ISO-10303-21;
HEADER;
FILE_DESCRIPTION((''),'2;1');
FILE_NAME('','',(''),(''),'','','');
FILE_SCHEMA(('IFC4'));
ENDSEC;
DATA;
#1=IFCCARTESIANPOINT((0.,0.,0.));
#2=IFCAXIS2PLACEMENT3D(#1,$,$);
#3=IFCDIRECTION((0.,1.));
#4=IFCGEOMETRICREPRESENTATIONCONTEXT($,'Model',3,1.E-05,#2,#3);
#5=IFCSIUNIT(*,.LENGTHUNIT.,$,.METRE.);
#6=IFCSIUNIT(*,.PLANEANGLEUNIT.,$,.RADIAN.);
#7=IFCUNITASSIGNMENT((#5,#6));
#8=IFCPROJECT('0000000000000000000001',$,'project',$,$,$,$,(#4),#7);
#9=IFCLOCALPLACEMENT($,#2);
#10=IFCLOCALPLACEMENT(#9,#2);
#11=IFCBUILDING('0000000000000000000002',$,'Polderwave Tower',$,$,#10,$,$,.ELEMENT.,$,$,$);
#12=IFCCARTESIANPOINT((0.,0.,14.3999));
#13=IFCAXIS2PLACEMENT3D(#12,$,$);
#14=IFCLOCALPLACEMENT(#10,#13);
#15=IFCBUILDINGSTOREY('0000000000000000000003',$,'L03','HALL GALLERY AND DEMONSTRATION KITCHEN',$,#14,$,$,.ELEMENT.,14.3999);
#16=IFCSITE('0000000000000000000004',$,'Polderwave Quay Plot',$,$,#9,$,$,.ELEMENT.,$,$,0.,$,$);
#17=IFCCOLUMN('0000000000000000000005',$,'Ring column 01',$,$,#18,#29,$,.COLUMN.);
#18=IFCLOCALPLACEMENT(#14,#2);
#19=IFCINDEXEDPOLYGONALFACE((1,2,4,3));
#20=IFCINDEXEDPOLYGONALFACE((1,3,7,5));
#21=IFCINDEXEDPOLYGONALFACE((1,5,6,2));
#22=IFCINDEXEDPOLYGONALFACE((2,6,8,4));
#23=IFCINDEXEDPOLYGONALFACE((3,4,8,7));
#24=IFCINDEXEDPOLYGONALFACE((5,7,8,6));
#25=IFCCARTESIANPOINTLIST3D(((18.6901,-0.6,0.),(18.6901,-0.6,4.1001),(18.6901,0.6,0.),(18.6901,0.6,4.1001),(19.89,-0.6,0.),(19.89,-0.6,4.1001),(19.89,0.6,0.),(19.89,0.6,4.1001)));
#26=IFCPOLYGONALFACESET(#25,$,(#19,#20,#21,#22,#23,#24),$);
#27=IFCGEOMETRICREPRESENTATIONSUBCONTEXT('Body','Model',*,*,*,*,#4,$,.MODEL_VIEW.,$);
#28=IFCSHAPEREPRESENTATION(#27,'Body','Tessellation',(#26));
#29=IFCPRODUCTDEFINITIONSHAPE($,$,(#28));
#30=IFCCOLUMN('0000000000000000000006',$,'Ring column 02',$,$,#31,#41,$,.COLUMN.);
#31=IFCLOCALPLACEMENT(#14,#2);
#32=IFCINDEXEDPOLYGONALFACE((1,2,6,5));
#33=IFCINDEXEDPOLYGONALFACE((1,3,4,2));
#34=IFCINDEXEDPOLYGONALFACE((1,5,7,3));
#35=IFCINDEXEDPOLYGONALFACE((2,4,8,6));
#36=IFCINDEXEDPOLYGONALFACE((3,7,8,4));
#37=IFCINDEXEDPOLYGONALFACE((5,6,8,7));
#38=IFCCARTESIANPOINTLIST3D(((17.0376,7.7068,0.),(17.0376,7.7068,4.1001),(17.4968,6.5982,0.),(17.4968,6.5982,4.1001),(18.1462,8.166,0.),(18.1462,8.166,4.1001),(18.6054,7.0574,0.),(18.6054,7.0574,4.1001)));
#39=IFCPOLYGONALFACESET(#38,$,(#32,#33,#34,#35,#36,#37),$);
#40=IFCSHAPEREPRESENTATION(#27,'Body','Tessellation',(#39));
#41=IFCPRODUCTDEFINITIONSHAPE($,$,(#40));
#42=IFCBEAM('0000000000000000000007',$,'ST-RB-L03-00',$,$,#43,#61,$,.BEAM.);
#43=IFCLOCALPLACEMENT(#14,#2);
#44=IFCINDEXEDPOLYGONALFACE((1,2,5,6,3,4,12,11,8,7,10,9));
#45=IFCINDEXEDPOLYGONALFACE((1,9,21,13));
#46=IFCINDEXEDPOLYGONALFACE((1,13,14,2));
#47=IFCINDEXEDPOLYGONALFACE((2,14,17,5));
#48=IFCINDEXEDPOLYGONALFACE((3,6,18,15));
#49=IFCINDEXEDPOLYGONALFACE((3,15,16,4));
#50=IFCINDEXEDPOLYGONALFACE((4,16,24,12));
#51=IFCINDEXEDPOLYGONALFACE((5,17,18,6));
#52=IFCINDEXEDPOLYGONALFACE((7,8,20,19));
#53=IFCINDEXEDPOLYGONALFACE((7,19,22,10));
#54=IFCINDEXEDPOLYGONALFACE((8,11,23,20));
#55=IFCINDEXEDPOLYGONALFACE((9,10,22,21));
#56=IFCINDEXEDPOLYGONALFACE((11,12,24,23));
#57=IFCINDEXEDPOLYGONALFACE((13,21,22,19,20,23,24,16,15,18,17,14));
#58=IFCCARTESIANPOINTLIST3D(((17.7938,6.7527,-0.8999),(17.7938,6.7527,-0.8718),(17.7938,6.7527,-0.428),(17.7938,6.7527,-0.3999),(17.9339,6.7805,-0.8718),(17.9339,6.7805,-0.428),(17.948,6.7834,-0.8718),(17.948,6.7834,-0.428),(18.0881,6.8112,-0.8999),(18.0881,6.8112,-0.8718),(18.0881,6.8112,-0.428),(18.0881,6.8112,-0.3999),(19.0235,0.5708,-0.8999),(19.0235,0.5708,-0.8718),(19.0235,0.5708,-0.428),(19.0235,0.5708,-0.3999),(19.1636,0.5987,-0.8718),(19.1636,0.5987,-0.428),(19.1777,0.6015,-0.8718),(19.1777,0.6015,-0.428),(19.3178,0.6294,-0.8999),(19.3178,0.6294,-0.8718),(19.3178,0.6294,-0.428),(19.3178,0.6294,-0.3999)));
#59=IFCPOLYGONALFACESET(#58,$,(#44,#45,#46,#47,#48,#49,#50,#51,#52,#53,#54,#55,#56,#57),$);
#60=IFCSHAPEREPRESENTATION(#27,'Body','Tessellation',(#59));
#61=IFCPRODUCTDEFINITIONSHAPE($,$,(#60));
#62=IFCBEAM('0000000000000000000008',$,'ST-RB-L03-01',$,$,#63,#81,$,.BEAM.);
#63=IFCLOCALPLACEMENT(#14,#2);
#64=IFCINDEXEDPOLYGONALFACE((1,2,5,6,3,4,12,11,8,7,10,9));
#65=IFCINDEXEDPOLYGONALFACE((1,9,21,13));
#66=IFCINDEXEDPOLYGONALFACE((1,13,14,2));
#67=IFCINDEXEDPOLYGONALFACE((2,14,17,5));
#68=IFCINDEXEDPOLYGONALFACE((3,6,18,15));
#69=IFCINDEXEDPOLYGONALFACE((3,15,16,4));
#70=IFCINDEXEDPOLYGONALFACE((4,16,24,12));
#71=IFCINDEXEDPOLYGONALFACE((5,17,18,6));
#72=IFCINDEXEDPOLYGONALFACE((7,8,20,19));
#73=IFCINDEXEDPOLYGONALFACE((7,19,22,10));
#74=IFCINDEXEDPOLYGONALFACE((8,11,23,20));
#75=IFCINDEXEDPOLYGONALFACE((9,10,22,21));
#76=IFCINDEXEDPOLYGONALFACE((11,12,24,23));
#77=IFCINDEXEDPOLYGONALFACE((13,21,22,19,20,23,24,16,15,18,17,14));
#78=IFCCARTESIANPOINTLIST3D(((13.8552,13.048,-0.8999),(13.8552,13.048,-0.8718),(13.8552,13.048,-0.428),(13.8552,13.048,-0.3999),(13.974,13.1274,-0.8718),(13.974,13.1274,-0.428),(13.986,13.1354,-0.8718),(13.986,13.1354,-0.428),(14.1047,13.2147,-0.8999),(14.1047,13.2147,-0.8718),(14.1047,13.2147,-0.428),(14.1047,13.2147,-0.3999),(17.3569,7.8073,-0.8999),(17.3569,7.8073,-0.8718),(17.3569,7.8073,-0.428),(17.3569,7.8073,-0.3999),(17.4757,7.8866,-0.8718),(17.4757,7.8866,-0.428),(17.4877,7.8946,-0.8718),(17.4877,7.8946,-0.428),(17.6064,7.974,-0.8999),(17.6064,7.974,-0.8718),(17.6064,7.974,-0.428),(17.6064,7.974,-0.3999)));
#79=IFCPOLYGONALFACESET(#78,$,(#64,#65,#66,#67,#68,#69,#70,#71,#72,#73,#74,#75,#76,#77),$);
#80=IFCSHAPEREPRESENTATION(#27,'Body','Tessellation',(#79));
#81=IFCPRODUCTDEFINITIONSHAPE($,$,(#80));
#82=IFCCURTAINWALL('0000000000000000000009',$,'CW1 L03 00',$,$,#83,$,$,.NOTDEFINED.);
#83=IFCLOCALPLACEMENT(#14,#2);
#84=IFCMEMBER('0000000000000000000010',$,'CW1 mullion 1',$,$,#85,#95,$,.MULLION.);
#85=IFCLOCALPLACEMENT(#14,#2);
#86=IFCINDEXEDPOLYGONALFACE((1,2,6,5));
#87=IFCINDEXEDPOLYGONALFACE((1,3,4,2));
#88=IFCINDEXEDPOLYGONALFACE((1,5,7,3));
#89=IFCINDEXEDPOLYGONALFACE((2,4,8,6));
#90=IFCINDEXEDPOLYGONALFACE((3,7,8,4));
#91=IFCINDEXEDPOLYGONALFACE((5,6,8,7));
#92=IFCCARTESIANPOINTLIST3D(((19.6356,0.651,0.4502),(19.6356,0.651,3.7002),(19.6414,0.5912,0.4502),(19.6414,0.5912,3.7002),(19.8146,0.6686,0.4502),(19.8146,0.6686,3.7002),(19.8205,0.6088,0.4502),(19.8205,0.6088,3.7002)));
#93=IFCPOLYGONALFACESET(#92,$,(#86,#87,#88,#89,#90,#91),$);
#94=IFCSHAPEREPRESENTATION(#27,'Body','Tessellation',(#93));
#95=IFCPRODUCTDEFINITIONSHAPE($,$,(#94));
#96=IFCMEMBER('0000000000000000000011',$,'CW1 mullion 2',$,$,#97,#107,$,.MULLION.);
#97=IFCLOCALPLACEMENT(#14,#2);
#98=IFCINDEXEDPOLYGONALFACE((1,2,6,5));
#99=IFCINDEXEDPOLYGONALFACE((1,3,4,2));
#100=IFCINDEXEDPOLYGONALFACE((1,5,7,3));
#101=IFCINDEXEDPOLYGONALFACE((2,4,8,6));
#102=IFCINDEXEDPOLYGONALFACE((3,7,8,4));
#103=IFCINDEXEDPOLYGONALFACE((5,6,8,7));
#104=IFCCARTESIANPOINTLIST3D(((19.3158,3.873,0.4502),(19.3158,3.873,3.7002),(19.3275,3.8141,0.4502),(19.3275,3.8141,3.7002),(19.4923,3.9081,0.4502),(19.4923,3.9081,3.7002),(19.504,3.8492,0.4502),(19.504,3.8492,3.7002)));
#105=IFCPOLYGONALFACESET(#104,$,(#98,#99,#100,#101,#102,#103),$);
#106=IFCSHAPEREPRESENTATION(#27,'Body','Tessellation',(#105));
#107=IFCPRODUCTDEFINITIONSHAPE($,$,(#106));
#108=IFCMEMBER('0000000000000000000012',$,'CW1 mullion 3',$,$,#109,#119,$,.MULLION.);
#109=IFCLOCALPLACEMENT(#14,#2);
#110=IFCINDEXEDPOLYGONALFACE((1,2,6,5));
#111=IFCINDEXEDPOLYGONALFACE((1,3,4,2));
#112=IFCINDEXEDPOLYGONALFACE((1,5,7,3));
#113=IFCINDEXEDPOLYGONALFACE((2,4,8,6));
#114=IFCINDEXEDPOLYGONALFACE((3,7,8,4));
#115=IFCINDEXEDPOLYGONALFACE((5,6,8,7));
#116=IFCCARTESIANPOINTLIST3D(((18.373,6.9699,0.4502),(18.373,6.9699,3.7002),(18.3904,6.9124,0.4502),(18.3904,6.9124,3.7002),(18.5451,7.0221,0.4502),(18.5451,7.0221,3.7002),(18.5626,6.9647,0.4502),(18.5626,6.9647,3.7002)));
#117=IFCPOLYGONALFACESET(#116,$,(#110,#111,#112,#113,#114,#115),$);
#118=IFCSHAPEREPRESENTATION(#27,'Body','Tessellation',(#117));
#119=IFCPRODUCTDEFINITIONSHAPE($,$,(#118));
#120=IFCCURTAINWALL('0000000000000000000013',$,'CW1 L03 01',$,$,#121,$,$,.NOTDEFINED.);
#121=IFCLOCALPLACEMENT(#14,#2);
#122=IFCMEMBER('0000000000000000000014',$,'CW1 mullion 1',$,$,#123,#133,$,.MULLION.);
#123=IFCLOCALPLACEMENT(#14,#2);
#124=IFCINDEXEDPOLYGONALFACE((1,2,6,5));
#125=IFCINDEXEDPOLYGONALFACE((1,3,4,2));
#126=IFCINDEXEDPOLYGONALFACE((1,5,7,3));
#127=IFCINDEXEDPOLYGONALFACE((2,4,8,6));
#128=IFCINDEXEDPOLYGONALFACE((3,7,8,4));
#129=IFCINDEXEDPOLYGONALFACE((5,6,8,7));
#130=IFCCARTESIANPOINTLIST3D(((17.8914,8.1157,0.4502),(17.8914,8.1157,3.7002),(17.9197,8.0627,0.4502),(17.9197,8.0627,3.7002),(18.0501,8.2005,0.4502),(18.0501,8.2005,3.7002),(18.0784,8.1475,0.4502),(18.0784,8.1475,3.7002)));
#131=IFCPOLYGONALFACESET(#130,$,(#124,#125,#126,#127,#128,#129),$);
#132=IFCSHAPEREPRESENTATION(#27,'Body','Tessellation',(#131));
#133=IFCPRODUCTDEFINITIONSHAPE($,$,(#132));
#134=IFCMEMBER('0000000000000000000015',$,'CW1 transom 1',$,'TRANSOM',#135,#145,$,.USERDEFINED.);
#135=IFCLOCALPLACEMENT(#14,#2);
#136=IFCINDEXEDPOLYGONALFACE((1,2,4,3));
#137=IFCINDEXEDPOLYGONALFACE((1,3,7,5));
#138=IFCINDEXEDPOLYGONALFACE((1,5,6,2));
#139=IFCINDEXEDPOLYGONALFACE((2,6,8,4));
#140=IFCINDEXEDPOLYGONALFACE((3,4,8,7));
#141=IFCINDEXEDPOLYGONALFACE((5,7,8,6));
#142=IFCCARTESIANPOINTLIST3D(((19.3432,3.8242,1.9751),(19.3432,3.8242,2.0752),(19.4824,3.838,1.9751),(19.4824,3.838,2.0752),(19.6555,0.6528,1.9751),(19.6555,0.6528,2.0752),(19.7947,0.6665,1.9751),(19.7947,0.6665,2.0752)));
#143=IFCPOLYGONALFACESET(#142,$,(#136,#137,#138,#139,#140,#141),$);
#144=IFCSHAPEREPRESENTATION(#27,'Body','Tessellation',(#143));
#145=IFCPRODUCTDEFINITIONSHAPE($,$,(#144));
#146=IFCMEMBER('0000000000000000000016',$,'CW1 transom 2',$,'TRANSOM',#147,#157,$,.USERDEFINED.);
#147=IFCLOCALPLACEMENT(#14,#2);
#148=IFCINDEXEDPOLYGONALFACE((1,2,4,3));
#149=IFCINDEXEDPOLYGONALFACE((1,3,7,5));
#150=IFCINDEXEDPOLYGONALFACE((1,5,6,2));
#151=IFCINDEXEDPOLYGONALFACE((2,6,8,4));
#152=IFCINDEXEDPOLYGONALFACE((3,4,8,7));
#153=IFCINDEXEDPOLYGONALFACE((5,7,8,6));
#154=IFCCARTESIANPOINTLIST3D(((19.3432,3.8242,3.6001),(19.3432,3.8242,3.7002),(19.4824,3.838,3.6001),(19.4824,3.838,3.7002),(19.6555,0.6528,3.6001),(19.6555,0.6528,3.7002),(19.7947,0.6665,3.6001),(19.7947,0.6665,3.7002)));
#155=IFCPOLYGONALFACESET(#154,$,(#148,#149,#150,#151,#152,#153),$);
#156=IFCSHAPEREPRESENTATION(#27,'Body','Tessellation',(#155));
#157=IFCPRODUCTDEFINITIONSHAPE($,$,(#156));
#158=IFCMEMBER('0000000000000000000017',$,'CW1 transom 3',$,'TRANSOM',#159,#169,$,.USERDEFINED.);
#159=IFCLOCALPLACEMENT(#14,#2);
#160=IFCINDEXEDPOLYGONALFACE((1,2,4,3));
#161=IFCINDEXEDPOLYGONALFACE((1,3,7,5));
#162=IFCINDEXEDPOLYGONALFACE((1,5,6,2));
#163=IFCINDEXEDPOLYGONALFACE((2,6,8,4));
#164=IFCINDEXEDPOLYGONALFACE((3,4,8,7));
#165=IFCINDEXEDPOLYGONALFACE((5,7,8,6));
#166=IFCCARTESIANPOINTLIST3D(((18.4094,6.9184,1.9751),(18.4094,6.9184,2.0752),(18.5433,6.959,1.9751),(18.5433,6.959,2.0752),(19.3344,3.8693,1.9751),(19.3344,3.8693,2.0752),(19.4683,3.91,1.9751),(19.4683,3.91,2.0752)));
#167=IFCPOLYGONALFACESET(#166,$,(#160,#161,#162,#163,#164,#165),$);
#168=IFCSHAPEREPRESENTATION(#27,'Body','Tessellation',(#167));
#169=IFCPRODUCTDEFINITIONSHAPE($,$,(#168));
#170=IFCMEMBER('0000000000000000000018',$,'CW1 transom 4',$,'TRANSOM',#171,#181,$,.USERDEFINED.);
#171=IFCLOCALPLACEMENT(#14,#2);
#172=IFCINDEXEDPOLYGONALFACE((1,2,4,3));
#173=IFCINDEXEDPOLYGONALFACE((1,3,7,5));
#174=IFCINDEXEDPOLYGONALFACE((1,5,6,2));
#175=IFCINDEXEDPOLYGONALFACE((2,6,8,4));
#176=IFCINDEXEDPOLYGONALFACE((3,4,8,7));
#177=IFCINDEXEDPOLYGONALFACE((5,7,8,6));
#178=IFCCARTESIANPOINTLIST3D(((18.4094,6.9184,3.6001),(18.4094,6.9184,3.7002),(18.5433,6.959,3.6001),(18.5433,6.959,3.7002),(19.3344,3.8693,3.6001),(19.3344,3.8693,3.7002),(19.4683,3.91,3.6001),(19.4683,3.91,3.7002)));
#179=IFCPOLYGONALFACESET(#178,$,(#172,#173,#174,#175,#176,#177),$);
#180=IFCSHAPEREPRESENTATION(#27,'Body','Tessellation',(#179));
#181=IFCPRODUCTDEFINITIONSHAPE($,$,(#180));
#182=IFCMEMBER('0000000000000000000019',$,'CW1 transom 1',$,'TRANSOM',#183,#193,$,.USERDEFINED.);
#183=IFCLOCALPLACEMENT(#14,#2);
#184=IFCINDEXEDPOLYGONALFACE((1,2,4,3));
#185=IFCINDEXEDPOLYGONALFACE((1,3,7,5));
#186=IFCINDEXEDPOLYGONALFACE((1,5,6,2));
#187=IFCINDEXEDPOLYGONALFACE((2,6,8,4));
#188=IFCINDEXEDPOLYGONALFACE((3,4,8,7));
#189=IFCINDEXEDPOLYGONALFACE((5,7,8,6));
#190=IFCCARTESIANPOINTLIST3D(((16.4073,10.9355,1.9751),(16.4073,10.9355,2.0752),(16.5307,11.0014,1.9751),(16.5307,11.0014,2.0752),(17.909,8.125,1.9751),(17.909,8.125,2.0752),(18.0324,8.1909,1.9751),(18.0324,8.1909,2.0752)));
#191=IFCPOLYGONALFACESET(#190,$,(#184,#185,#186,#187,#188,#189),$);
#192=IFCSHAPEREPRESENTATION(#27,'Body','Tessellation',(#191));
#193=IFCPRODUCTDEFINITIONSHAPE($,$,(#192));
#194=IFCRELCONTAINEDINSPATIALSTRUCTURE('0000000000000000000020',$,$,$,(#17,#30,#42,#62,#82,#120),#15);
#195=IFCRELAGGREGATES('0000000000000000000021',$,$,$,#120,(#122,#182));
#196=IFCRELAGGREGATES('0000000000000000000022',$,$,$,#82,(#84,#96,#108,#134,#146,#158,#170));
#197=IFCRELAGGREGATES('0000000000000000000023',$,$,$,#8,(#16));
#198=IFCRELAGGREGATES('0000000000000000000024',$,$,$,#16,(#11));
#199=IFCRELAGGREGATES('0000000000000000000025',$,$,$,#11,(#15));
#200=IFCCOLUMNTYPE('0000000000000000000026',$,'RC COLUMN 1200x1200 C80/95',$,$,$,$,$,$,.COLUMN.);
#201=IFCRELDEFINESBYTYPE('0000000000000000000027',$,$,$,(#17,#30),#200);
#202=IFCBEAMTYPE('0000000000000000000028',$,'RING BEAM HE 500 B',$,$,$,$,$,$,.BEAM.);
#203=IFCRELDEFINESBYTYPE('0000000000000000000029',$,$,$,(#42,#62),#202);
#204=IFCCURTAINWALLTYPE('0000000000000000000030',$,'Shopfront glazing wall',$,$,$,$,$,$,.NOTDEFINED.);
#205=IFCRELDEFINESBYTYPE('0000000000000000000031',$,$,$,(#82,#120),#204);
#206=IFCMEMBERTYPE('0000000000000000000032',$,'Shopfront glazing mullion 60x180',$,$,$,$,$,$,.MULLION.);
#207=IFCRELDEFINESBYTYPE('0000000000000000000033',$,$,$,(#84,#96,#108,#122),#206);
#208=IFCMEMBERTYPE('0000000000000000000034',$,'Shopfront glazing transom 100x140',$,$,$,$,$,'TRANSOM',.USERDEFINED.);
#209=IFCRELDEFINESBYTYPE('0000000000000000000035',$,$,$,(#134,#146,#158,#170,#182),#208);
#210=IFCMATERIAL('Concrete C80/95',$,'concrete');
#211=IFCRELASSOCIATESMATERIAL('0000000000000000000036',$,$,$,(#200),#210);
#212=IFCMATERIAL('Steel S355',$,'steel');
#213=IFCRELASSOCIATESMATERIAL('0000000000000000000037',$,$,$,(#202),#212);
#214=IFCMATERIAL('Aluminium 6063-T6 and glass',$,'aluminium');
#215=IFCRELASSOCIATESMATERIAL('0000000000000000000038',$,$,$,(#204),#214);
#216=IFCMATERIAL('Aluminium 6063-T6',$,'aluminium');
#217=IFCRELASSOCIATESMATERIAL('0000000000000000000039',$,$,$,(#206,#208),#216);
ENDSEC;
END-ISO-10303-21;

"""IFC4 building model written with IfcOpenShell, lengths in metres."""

from ifc_helpers import new_model, si_unit, direction, frame, origin, origin_2d, place, context, subcontext, project, spatial, rectangle, i_section, extrude, material, material_profile, profile_set, type_object, element, aggregate, save


model = new_model("IFC4")

# Units and contexts
model_context = context("Model", 3, precision=1e-05, world=origin(), true_north=direction((0.0, 1.0)))
body_context = subcontext(model_context, "Body", "Model", "MODEL_VIEW")
ifc_project = project(units=[si_unit("LENGTHUNIT", "METRE"), si_unit("PLANEANGLEUNIT", "RADIAN")], contexts=[model_context])

# Site, building, storey
site_placement = place(None, origin())
site = spatial("IfcSite", under=ifc_project, at=site_placement, Name="Polderwave Quay Plot", CompositionType="ELEMENT", RefElevation=0.0)
building_placement = place(site_placement, origin())
building = spatial("IfcBuilding", under=site, at=building_placement, Name="Polderwave Tower", CompositionType="ELEMENT")
storey_placement = place(building_placement, frame((0.0, 0.0, 14.3999)))
storey = spatial("IfcBuildingStorey", under=building, at=storey_placement, Name="L03", Description="HALL GALLERY AND DEMONSTRATION KITCHEN", CompositionType="ELEMENT", Elevation=14.3999)

# Columns
ifc_material_1 = material(Name="Concrete C80/95", Category="concrete")
ifc_material_profile_1 = material_profile(ifc_material_1, rectangle(XDim=1.2, YDim=1.2, at=origin_2d()), Name="RC 1200x1200")
ifc_profile_set_1 = profile_set([ifc_material_profile_1], Name="Concrete C80/95")
column_type = type_object("IfcColumnType", Name="RC COLUMN 1200x1200 C80/95", PredefinedType="COLUMN", material=ifc_profile_set_1)
for number, where, z_axis, x_axis, name in (
    (1, (19.29, 0.0, 0.0), (0.0, 0.0, 1.0), (1.0, 0.0, 0.0), "Ring column 01"),
    (2, (17.8215, 7.3821, 0.0), (0.0, 0.0, 1.0), (0.92388, 0.382683, 0.0), "Ring column 02"),
):
    element("IfcColumn", number, at=place(storey_placement, frame(where, z_axis=z_axis, x_axis=x_axis)), inside=storey, type_object=column_type, Name=name, PredefinedType="COLUMN", context=body_context, shape_type="SweptSolid", body=[
        extrude(rectangle(XDim=1.2, YDim=1.2, at=origin_2d()), origin(), (0.0, 0.0, 1.0), 4.1001),
    ])

# Beams
ifc_material_2 = material(Name="Steel S355", Category="steel")
ifc_material_profile_2 = material_profile(ifc_material_2, i_section(OverallWidth=0.3, OverallDepth=0.5, WebThickness=0.0144, FlangeThickness=0.0281, at=origin_2d()), Name="HE 500 B")
ifc_profile_set_2 = profile_set([ifc_material_profile_2], Name="Steel S355")
beam_type = type_object("IfcBeamType", Name="RING BEAM HE 500 B", PredefinedType="BEAM", material=ifc_profile_set_2)
for number, where, z_axis, x_axis, name in (
    (3, (19.1707, 0.6001, -0.6499), (-0.195103, 0.980783, 0.0), (-0.980783, -0.195103, 0.0), "ST-RB-L03-00"),
    (4, (17.4817, 7.8906, -0.6499), (-0.555567, 0.831472, 0.0), (-0.831472, -0.555567, 0.0), "ST-RB-L03-01"),
):
    element("IfcBeam", number, at=place(storey_placement, frame(where, z_axis=z_axis, x_axis=x_axis)), inside=storey, type_object=beam_type, Name=name, PredefinedType="BEAM", context=body_context, shape_type="SweptSolid", body=[
        extrude(i_section(OverallWidth=0.3, OverallDepth=0.5, WebThickness=0.0144, FlangeThickness=0.0281, at=origin_2d()), origin(), (0.0, 0.0, 1.0), 6.303),
    ])

# Curtain wall, members
ifc_material_3 = material(Name="Aluminium 6063-T6 and glass", Category="aluminium")
curtain_wall_type = type_object("IfcCurtainWallType", Name="Shopfront glazing wall", PredefinedType="NOTDEFINED", material=ifc_material_3)
curtain_wall_1_placement = place(storey_placement, origin())
curtain_wall_1 = element("IfcCurtainWall", 5, at=curtain_wall_1_placement, inside=storey, type_object=curtain_wall_type, Name="CW1 L03 00", PredefinedType="NOTDEFINED")
ifc_material_4 = material(Name="Aluminium 6063-T6", Category="aluminium")
ifc_material_profile_3 = material_profile(ifc_material_4, rectangle(XDim=0.1799, YDim=0.0601, at=origin_2d()), Name="AL 60x180")
ifc_profile_set_3 = profile_set([ifc_material_profile_3], Name="Aluminium 6063-T6")
member_type_1 = type_object("IfcMemberType", Name="Shopfront glazing mullion 60x180", PredefinedType="MULLION", material=ifc_profile_set_3)
member_1_placement = place(storey_placement, frame((19.728, 0.6299, 0.4502), z_axis=(0.0, 0.0, 1.0), x_axis=(-0.99519, -0.097963, 0.0)))
member_1 = element("IfcMember", 6, at=member_1_placement, type_object=member_type_1, Name="CW1 mullion 1", PredefinedType="MULLION", context=body_context, shape_type="SweptSolid", body=[
    extrude(rectangle(XDim=0.1799, YDim=0.0601, at=origin_2d()), origin(), (0.0, 0.0, 1.0), 3.25),
])
member_2_placement = place(storey_placement, frame((19.4099, 3.8611, 0.4502), z_axis=(0.0, 0.0, 1.0), x_axis=(-0.98079, -0.195065, 0.0)))
member_2 = element("IfcMember", 7, at=member_2_placement, type_object=member_type_1, Name="CW1 mullion 2", PredefinedType="MULLION", context=body_context, shape_type="SweptSolid", body=[
    extrude(rectangle(XDim=0.1799, YDim=0.0601, at=origin_2d()), origin(), (0.0, 0.0, 1.0), 3.25),
])
member_3_placement = place(storey_placement, frame((18.4678, 6.9673, 0.4502), z_axis=(0.0, 0.0, 1.0), x_axis=(-0.95694, -0.290286, 0.0)))
member_3 = element("IfcMember", 8, at=member_3_placement, type_object=member_type_1, Name="CW1 mullion 3", PredefinedType="MULLION", context=body_context, shape_type="SweptSolid", body=[
    extrude(rectangle(XDim=0.1799, YDim=0.0601, at=origin_2d()), origin(), (0.0, 0.0, 1.0), 3.25),
])

# Curtain wall, member
curtain_wall_2_placement = place(storey_placement, origin())
curtain_wall_2 = element("IfcCurtainWall", 9, at=curtain_wall_2_placement, inside=storey, type_object=curtain_wall_type, Name="CW1 L03 01", PredefinedType="NOTDEFINED")
member_4_placement = place(storey_placement, frame((17.9849, 8.1316, 0.4502), z_axis=(0.0, 0.0, 1.0), x_axis=(-0.882015, -0.471221, 0.0)))
member_4 = element("IfcMember", 10, at=member_4_placement, type_object=member_type_1, Name="CW1 mullion 1", PredefinedType="MULLION", context=body_context, shape_type="SweptSolid", body=[
    extrude(rectangle(XDim=0.1799, YDim=0.0601, at=origin_2d()), origin(), (0.0, 0.0, 1.0), 3.25),
])

# Members
ifc_material_profile_4 = material_profile(ifc_material_4, rectangle(XDim=0.1399, YDim=0.1001, at=origin_2d()), Name="AL 100x140")
ifc_profile_set_4 = profile_set([ifc_material_profile_4], Name="Aluminium 6063-T6")
member_type_2 = type_object("IfcMemberType", Name="Shopfront glazing transom 100x140", ElementType="TRANSOM", PredefinedType="USERDEFINED", material=ifc_profile_set_4)
member_5_placement = place(storey_placement, frame((19.7251, 0.6597, 2.0251), z_axis=(-0.097987, 0.995188, 0.0), x_axis=(-0.995188, -0.097987, 0.0)))
member_5 = element("IfcMember", 11, at=member_5_placement, type_object=member_type_2, Name="CW1 transom 1", ObjectType="TRANSOM", PredefinedType="USERDEFINED", context=body_context, shape_type="SweptSolid", body=[
    extrude(rectangle(XDim=0.1399, YDim=0.1001, at=origin_2d()), origin(), (0.0, 0.0, 1.0), 3.1868),
])
member_6_placement = place(storey_placement, frame((19.7251, 0.6597, 3.6501), z_axis=(-0.097987, 0.995188, 0.0), x_axis=(-0.995188, -0.097987, 0.0)))
member_6 = element("IfcMember", 12, at=member_6_placement, type_object=member_type_2, Name="CW1 transom 2", ObjectType="TRANSOM", PredefinedType="USERDEFINED", context=body_context, shape_type="SweptSolid", body=[
    extrude(rectangle(XDim=0.1399, YDim=0.1001, at=origin_2d()), origin(), (0.0, 0.0, 1.0), 3.1868),
])
member_7_placement = place(storey_placement, frame((19.4014, 3.8896, 2.0251), z_axis=(-0.29032, 0.95693, 0.0), x_axis=(-0.95693, -0.29032, 0.0)))
member_7 = element("IfcMember", 13, at=member_7_placement, type_object=member_type_2, Name="CW1 transom 3", ObjectType="TRANSOM", PredefinedType="USERDEFINED", context=body_context, shape_type="SweptSolid", body=[
    extrude(rectangle(XDim=0.1399, YDim=0.1001, at=origin_2d()), origin(), (0.0, 0.0, 1.0), 3.1863),
])
member_8_placement = place(storey_placement, frame((19.4014, 3.8896, 3.6501), z_axis=(-0.29032, 0.95693, 0.0), x_axis=(-0.95693, -0.29032, 0.0)))
member_8 = element("IfcMember", 14, at=member_8_placement, type_object=member_type_2, Name="CW1 transom 4", ObjectType="TRANSOM", PredefinedType="USERDEFINED", context=body_context, shape_type="SweptSolid", body=[
    extrude(rectangle(XDim=0.1399, YDim=0.1001, at=origin_2d()), origin(), (0.0, 0.0, 1.0), 3.1863),
])
member_9_placement = place(storey_placement, frame((17.9707, 8.158, 2.0251), z_axis=(-0.47126, 0.881994, 0.0), x_axis=(-0.881994, -0.47126, 0.0)))
member_9 = element("IfcMember", 15, at=member_9_placement, type_object=member_type_2, Name="CW1 transom 1", ObjectType="TRANSOM", PredefinedType="USERDEFINED", context=body_context, shape_type="SweptSolid", body=[
    extrude(rectangle(XDim=0.1399, YDim=0.1001, at=origin_2d()), origin(), (0.0, 0.0, 1.0), 3.1865),
])
aggregate(curtain_wall_2, [member_4, member_9])

aggregate(curtain_wall_1, [member_1, member_2, member_3, member_5, member_6, member_7, member_8])

save(model, "model.ifc")
